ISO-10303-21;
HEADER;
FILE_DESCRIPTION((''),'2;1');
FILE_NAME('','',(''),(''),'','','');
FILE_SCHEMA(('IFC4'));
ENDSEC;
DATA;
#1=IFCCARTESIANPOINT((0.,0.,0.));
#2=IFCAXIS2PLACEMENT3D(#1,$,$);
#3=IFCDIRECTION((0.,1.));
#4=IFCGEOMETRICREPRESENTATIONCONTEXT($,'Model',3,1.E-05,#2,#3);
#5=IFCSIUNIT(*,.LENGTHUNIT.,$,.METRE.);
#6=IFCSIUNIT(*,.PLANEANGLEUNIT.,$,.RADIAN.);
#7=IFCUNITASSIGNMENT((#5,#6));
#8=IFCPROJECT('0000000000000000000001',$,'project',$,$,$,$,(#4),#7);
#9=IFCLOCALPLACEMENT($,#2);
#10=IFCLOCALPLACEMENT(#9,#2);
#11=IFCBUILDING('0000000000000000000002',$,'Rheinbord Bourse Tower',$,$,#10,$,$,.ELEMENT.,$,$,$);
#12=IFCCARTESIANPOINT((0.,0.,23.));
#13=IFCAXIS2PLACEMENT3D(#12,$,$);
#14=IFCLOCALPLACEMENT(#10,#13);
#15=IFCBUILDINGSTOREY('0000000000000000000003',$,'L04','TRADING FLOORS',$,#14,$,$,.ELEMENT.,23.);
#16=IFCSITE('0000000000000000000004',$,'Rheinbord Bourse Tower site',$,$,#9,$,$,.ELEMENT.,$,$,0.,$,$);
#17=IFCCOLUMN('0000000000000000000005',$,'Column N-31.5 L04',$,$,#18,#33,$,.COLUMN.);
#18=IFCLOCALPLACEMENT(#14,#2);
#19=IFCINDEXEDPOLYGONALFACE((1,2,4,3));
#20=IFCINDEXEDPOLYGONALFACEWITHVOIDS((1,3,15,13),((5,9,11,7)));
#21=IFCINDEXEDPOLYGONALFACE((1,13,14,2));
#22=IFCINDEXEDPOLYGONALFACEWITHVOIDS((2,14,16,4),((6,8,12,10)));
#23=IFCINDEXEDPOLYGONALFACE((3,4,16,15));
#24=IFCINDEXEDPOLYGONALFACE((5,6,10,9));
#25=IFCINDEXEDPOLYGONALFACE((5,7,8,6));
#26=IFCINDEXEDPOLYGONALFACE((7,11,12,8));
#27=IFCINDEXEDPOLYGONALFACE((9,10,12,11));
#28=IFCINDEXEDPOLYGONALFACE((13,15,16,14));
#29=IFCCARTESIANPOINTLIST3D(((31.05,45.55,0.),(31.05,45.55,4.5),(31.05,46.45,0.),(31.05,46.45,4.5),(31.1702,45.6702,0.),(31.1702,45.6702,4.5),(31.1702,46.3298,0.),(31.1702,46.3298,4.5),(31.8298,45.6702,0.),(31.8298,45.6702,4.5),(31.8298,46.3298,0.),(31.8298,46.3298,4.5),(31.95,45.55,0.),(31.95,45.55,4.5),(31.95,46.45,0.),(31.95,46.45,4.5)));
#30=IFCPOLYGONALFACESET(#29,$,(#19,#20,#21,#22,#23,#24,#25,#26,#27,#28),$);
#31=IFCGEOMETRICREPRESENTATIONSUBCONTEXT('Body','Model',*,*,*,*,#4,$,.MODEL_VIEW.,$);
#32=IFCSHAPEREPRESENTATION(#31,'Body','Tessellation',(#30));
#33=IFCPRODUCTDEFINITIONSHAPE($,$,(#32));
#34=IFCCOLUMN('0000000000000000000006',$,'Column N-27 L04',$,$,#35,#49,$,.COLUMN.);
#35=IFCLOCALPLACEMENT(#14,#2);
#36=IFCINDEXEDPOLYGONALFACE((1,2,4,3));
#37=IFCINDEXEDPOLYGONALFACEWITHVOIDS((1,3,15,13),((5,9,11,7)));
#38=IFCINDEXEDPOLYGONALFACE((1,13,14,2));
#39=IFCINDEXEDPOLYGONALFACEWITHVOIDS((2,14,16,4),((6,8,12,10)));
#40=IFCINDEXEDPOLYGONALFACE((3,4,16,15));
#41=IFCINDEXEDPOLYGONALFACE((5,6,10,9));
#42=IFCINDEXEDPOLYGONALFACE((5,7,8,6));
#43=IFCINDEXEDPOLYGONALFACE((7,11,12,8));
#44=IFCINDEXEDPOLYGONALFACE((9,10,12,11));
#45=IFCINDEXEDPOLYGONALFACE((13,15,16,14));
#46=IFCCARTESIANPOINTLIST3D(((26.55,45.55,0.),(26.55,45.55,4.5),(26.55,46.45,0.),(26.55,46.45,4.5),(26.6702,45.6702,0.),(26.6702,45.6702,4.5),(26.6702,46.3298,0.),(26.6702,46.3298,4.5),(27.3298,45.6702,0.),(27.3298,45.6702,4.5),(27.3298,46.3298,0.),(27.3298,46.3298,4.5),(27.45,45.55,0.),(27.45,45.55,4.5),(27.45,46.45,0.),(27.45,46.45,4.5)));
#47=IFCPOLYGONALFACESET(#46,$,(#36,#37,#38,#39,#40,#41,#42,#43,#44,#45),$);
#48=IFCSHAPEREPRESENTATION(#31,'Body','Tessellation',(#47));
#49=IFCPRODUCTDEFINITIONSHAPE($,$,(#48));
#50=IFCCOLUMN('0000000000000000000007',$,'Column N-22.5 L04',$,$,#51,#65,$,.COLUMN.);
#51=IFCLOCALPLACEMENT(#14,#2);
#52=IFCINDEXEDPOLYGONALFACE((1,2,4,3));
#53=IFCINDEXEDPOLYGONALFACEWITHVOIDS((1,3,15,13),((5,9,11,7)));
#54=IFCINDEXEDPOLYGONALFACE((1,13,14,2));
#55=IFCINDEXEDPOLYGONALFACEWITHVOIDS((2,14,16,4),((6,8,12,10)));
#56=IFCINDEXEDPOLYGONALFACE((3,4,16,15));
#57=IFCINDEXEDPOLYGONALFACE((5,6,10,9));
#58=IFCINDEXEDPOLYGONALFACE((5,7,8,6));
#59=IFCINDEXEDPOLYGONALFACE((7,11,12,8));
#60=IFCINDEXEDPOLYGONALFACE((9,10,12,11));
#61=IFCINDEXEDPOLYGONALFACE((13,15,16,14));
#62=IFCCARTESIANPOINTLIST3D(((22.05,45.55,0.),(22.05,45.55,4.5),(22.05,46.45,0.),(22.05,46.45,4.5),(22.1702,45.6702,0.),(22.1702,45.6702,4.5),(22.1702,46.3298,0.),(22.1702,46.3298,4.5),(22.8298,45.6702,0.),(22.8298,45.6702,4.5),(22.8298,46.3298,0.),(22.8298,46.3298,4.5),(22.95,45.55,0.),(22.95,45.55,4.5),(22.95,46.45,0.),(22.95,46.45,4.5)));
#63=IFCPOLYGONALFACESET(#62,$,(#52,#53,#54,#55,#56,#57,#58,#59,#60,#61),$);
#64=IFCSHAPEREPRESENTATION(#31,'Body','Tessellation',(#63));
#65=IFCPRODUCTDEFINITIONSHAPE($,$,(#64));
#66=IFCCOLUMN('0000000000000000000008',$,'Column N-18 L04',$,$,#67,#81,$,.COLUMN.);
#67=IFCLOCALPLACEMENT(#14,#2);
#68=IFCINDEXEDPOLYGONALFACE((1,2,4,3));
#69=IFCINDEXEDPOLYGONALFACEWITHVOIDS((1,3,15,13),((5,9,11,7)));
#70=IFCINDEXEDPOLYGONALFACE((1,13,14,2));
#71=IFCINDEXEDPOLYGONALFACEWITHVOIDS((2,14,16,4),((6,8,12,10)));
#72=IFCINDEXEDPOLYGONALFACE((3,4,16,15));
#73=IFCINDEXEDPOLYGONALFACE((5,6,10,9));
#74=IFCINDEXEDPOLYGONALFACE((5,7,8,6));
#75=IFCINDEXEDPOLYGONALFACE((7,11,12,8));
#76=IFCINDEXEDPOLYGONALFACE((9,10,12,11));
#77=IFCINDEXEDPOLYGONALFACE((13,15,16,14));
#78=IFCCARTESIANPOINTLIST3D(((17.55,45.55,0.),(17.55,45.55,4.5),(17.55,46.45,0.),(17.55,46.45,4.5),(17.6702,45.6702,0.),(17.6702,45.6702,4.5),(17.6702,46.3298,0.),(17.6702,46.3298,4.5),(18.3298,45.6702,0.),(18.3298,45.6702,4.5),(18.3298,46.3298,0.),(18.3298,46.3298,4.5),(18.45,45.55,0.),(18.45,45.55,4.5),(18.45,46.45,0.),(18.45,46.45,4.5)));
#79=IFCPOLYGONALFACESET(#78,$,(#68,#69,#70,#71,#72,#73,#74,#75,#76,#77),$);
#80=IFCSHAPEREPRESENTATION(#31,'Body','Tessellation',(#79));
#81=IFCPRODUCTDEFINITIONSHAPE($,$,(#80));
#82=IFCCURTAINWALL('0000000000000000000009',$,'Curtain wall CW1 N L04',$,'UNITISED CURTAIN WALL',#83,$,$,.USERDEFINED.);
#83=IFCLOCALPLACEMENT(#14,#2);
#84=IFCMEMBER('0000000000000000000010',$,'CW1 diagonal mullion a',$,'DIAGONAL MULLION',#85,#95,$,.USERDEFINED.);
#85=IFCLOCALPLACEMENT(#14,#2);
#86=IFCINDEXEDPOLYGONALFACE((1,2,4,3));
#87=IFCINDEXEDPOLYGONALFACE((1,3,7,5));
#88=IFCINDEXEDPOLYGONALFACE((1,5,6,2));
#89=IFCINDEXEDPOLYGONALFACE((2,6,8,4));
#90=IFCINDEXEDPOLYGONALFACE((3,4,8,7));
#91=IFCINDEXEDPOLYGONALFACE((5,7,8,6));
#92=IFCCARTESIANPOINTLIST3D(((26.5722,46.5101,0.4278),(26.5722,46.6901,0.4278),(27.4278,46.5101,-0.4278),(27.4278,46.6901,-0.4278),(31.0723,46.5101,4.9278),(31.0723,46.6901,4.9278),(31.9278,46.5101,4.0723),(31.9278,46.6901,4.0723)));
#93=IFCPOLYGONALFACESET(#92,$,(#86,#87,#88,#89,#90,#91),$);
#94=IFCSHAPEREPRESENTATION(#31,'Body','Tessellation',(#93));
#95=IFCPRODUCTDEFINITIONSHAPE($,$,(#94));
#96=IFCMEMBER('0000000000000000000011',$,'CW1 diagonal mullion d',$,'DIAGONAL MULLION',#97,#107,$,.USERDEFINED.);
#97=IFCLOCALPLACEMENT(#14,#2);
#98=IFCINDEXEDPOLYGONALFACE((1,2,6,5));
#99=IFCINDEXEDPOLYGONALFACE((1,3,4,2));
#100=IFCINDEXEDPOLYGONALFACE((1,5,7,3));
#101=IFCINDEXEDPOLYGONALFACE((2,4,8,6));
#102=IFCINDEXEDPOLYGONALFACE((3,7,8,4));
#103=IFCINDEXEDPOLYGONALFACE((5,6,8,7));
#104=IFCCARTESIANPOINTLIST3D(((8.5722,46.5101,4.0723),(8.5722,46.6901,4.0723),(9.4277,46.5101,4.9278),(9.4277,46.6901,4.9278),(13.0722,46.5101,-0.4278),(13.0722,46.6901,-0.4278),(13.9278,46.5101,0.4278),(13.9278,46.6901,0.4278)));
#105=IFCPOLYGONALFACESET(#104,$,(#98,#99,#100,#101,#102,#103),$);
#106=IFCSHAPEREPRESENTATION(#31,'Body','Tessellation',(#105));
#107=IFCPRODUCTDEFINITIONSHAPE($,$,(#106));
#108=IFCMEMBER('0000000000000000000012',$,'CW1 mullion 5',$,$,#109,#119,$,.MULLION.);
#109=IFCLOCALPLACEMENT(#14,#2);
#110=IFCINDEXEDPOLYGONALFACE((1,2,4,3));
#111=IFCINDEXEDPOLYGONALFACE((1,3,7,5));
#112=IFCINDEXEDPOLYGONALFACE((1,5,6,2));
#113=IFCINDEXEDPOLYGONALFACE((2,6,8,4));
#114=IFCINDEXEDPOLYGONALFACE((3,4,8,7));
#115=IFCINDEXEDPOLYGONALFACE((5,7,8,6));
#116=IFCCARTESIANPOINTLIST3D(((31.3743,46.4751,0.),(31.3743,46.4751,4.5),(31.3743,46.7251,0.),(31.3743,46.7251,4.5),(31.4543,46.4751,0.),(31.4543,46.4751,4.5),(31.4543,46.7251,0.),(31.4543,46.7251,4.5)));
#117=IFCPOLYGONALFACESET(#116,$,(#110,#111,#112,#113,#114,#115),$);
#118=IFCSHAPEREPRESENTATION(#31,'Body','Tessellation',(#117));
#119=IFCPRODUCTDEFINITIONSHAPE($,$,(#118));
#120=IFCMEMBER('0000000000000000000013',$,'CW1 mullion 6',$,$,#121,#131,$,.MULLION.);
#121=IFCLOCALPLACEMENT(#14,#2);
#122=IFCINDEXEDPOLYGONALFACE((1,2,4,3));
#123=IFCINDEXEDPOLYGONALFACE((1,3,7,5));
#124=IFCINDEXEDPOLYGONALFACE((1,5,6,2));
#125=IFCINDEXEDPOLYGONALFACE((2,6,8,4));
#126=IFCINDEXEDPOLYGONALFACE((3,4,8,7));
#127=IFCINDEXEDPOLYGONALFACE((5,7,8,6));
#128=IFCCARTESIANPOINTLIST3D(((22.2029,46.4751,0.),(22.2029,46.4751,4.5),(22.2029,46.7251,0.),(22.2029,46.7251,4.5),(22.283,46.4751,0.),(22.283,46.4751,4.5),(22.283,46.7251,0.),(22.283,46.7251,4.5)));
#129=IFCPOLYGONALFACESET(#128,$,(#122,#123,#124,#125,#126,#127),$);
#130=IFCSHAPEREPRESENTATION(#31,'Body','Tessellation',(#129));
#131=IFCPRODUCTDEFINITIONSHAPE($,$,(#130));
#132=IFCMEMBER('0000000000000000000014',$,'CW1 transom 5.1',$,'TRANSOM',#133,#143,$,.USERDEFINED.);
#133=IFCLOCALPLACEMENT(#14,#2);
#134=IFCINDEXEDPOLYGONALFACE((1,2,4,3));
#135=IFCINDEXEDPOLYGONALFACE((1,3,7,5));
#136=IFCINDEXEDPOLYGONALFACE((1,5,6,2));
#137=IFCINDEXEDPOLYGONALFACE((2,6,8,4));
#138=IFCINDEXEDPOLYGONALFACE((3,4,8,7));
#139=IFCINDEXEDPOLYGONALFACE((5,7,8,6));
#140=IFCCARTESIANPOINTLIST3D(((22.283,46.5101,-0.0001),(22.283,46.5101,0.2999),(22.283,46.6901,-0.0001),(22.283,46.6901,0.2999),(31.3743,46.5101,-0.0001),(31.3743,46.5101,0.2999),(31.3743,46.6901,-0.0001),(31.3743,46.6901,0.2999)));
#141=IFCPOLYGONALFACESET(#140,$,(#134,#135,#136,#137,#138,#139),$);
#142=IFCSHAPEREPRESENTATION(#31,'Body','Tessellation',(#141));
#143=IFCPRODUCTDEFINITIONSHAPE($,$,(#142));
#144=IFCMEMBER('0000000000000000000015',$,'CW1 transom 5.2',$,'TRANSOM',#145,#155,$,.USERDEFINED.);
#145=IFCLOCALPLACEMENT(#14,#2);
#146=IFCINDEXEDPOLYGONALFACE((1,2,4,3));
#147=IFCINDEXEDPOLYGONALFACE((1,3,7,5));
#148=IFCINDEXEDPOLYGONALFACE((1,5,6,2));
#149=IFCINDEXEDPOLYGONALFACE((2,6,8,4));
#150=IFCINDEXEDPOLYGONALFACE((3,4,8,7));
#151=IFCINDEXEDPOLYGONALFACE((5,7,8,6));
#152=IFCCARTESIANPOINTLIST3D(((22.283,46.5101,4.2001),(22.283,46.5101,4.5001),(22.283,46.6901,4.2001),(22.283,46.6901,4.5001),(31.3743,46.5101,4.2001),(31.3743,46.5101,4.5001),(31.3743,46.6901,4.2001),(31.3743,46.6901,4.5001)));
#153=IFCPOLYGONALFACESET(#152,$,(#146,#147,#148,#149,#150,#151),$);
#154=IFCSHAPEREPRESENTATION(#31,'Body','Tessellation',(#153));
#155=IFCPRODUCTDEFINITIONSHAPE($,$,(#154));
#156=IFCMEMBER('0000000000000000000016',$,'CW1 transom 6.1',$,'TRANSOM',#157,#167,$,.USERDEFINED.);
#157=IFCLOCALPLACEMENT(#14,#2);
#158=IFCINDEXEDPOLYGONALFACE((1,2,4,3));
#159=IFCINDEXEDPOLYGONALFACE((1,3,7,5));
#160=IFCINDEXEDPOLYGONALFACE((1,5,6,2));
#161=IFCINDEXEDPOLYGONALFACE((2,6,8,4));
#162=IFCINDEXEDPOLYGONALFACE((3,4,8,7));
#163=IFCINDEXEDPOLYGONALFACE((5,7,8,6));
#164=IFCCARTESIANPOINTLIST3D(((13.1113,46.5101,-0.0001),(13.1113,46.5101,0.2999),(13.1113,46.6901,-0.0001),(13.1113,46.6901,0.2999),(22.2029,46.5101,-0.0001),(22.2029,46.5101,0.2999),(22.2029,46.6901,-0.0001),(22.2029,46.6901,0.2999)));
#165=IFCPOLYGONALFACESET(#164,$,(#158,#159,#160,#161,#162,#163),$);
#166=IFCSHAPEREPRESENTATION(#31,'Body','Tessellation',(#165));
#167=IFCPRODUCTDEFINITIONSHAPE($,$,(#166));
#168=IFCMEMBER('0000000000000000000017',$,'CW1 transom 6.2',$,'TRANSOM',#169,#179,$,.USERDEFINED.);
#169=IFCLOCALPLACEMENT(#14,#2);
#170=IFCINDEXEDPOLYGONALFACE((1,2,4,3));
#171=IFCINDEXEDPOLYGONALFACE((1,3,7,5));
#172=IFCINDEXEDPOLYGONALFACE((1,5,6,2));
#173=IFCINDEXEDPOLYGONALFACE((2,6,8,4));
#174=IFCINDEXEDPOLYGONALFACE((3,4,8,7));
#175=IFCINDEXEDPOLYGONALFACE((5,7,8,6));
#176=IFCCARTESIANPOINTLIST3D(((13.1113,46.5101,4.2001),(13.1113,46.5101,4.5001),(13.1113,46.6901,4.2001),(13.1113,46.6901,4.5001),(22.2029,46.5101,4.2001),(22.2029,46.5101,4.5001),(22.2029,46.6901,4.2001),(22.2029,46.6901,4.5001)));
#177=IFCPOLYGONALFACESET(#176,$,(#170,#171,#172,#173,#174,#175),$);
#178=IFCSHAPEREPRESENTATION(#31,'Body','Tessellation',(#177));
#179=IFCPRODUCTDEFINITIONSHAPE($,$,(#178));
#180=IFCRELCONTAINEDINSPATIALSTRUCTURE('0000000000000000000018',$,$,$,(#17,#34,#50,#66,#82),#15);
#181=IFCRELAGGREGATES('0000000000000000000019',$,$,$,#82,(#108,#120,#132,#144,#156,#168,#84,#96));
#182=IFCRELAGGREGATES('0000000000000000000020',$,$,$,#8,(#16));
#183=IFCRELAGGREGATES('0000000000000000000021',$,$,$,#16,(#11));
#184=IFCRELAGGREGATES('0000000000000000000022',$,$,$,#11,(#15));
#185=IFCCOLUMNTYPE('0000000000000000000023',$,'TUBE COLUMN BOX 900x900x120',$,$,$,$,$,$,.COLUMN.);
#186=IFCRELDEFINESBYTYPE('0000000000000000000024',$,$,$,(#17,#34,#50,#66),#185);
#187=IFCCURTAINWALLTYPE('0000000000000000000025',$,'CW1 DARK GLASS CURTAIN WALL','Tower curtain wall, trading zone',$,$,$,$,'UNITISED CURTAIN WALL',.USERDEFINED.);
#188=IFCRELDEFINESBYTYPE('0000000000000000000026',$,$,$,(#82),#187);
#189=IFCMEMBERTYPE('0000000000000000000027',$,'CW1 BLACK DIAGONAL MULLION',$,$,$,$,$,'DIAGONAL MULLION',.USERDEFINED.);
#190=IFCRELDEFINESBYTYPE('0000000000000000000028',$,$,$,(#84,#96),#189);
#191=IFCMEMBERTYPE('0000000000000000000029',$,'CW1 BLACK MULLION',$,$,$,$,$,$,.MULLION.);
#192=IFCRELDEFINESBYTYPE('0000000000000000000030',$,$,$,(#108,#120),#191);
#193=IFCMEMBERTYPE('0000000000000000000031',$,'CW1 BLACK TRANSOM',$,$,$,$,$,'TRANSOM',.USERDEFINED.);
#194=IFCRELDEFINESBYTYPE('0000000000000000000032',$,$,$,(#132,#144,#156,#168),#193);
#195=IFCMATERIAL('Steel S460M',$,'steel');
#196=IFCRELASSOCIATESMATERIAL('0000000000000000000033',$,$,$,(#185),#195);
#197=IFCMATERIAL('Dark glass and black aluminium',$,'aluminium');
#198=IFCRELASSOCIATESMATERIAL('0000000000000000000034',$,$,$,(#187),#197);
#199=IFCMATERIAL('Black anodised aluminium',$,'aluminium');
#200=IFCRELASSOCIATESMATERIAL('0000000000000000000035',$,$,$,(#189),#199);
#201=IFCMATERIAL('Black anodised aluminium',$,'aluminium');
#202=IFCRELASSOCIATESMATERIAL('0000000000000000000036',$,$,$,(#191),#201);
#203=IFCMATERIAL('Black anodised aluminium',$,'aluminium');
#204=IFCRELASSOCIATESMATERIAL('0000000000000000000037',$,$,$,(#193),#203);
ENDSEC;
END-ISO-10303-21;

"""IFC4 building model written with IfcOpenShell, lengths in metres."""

from ifc_helpers import new_model, si_unit, direction, frame, origin, origin_2d, place, context, subcontext, project, spatial, rectangle, hollow_rectangle, extrude, material, material_profile, profile_set, type_object, element, aggregate, save


model = new_model("IFC4")

# Units and contexts
model_context = context("Model", 3, precision=1e-05, world=origin(), true_north=direction((0.0, 1.0)))
body_context = subcontext(model_context, "Body", "Model", "MODEL_VIEW")
ifc_project = project(units=[si_unit("LENGTHUNIT", "METRE"), si_unit("PLANEANGLEUNIT", "RADIAN")], contexts=[model_context])

# Site, building, storey
site_placement = place(None, origin())
site = spatial("IfcSite", under=ifc_project, at=site_placement, Name="Rheinbord Bourse Tower site", CompositionType="ELEMENT", RefElevation=0.0)
building_placement = place(site_placement, origin())
building = spatial("IfcBuilding", under=site, at=building_placement, Name="Rheinbord Bourse Tower", CompositionType="ELEMENT")
storey_placement = place(building_placement, frame((0.0, 0.0, 23.0)))
storey = spatial("IfcBuildingStorey", under=building, at=storey_placement, Name="L04", Description="TRADING FLOORS", CompositionType="ELEMENT", Elevation=23.0)

# Columns
ifc_material_1 = material(Name="Steel S460M", Category="steel")
ifc_material_profile_1 = material_profile(ifc_material_1, hollow_rectangle(XDim=0.8999, YDim=0.8999, WallThickness=0.1201, at=origin_2d()), Name="BOX 900x900x120")
ifc_profile_set_1 = profile_set([ifc_material_profile_1], Name="Steel S460M")
column_type = type_object("IfcColumnType", Name="TUBE COLUMN BOX 900x900x120", PredefinedType="COLUMN", material=ifc_profile_set_1)
for number, where, z_axis, x_axis, name in (
    (1, (31.5, 46.0, 0.0), (0.0, 0.0, 1.0), (0.0, 1.0, 0.0), "Column N-31.5 L04"),
    (2, (27.0, 46.0, 0.0), (0.0, 0.0, 1.0), (0.0, 1.0, 0.0), "Column N-27 L04"),
    (3, (22.5, 46.0, 0.0), (0.0, 0.0, 1.0), (0.0, 1.0, 0.0), "Column N-22.5 L04"),
    (4, (18.0, 46.0, 0.0), (0.0, 0.0, 1.0), (0.0, 1.0, 0.0), "Column N-18 L04"),
):
    element("IfcColumn", number, at=place(storey_placement, frame(where, z_axis=z_axis, x_axis=x_axis)), inside=storey, type_object=column_type, Name=name, PredefinedType="COLUMN", context=body_context, shape_type="SweptSolid", body=[
        extrude(hollow_rectangle(XDim=0.8999, YDim=0.8999, WallThickness=0.1201, at=origin_2d()), origin(), (0.0, 0.0, 1.0), 4.5),
    ])

# Curtain wall, members
ifc_material_2 = material(Name="Dark glass and black aluminium", Category="aluminium")
curtain_wall_type = type_object("IfcCurtainWallType", Name="CW1 DARK GLASS CURTAIN WALL", Description="Tower curtain wall, trading zone", ElementType="UNITISED CURTAIN WALL", PredefinedType="USERDEFINED", material=ifc_material_2)
curtain_wall_placement = place(storey_placement, origin())
curtain_wall = element("IfcCurtainWall", 5, at=curtain_wall_placement, inside=storey, type_object=curtain_wall_type, Name="Curtain wall CW1 N L04", ObjectType="UNITISED CURTAIN WALL", PredefinedType="USERDEFINED")
ifc_material_3 = material(Name="Black anodised aluminium", Category="aluminium")
ifc_material_profile_2 = material_profile(ifc_material_3, rectangle(XDim=0.1799, YDim=1.21, at=origin_2d()), Name="CW1 DIAGONAL MULLION 1210x180")
ifc_profile_set_2 = profile_set([ifc_material_profile_2], Name="Black anodised aluminium")
member_type_1 = type_object("IfcMemberType", Name="CW1 BLACK DIAGONAL MULLION", ElementType="DIAGONAL MULLION", PredefinedType="USERDEFINED", material=ifc_profile_set_2)
member_1_placement = place(storey_placement, frame((27.0, 46.6001, 0.0), z_axis=(0.707107, 0.0, 0.707107), x_axis=(0.0, 1.0, 0.0)))
member_1 = element("IfcMember", 6, at=member_1_placement, type_object=member_type_1, Name="CW1 diagonal mullion a", ObjectType="DIAGONAL MULLION", PredefinedType="USERDEFINED", context=body_context, shape_type="SweptSolid", body=[
    extrude(rectangle(XDim=0.1799, YDim=1.21, at=origin_2d()), origin(), (0.0, 0.0, 1.0), 6.364),
])
member_2_placement = place(storey_placement, frame((13.5, 46.6001, 0.0), z_axis=(-0.707107, 0.0, 0.707107), x_axis=(0.0, -1.0, 0.0)))
member_2 = element("IfcMember", 7, at=member_2_placement, type_object=member_type_1, Name="CW1 diagonal mullion d", ObjectType="DIAGONAL MULLION", PredefinedType="USERDEFINED", context=body_context, shape_type="SweptSolid", body=[
    extrude(rectangle(XDim=0.1799, YDim=1.21, at=origin_2d()), origin(), (0.0, 0.0, 1.0), 6.364),
])
ifc_material_4 = material(Name="Black anodised aluminium", Category="aluminium")
ifc_material_profile_3 = material_profile(ifc_material_4, rectangle(XDim=0.25, YDim=0.0801, at=origin_2d()), Name="CW1 MULLION 80x250")
ifc_profile_set_3 = profile_set([ifc_material_profile_3], Name="Black anodised aluminium")
member_type_2 = type_object("IfcMemberType", Name="CW1 BLACK MULLION", PredefinedType="MULLION", material=ifc_profile_set_3)
member_3_placement = place(storey_placement, frame((31.4143, 46.6001, 0.0), z_axis=(0.0, 0.0, 1.0), x_axis=(0.0, -1.0, 0.0)))
member_3 = element("IfcMember", 8, at=member_3_placement, type_object=member_type_2, Name="CW1 mullion 5", PredefinedType="MULLION", context=body_context, shape_type="SweptSolid", body=[
    extrude(rectangle(XDim=0.25, YDim=0.0801, at=origin_2d()), origin(), (0.0, 0.0, 1.0), 4.5),
])
member_4_placement = place(storey_placement, frame((22.2429, 46.6001, 0.0), z_axis=(0.0, 0.0, 1.0), x_axis=(0.0, -1.0, 0.0)))
member_4 = element("IfcMember", 9, at=member_4_placement, type_object=member_type_2, Name="CW1 mullion 6", PredefinedType="MULLION", context=body_context, shape_type="SweptSolid", body=[
    extrude(rectangle(XDim=0.25, YDim=0.0801, at=origin_2d()), origin(), (0.0, 0.0, 1.0), 4.5),
])
ifc_material_5 = material(Name="Black anodised aluminium", Category="aluminium")
ifc_material_profile_4 = material_profile(ifc_material_5, rectangle(XDim=0.1799, YDim=0.3, at=origin_2d()), Name="CW1 TRANSOM 300x180")
ifc_profile_set_4 = profile_set([ifc_material_profile_4], Name="Black anodised aluminium")
member_type_3 = type_object("IfcMemberType", Name="CW1 BLACK TRANSOM", ElementType="TRANSOM", PredefinedType="USERDEFINED", material=ifc_profile_set_4)
member_5_placement = place(storey_placement, frame((31.3743, 46.6001, 0.1499), z_axis=(-1.0, 0.0, 0.0), x_axis=(0.0, -1.0, 0.0)))
member_5 = element("IfcMember", 10, at=member_5_placement, type_object=member_type_3, Name="CW1 transom 5.1", ObjectType="TRANSOM", PredefinedType="USERDEFINED", context=body_context, shape_type="SweptSolid", body=[
    extrude(rectangle(XDim=0.1799, YDim=0.3, at=origin_2d()), origin(), (0.0, 0.0, 1.0), 9.0913),
])
member_6_placement = place(storey_placement, frame((31.3743, 46.6001, 4.3501), z_axis=(-1.0, 0.0, 0.0), x_axis=(0.0, -1.0, 0.0)))
member_6 = element("IfcMember", 11, at=member_6_placement, type_object=member_type_3, Name="CW1 transom 5.2", ObjectType="TRANSOM", PredefinedType="USERDEFINED", context=body_context, shape_type="SweptSolid", body=[
    extrude(rectangle(XDim=0.1799, YDim=0.3, at=origin_2d()), origin(), (0.0, 0.0, 1.0), 9.0913),
])
member_7_placement = place(storey_placement, frame((22.2029, 46.6001, 0.1499), z_axis=(-1.0, 0.0, 0.0), x_axis=(0.0, -1.0, 0.0)))
member_7 = element("IfcMember", 12, at=member_7_placement, type_object=member_type_3, Name="CW1 transom 6.1", ObjectType="TRANSOM", PredefinedType="USERDEFINED", context=body_context, shape_type="SweptSolid", body=[
    extrude(rectangle(XDim=0.1799, YDim=0.3, at=origin_2d()), origin(), (0.0, 0.0, 1.0), 9.0916),
])
member_8_placement = place(storey_placement, frame((22.2029, 46.6001, 4.3501), z_axis=(-1.0, 0.0, 0.0), x_axis=(0.0, -1.0, 0.0)))
member_8 = element("IfcMember", 13, at=member_8_placement, type_object=member_type_3, Name="CW1 transom 6.2", ObjectType="TRANSOM", PredefinedType="USERDEFINED", context=body_context, shape_type="SweptSolid", body=[
    extrude(rectangle(XDim=0.1799, YDim=0.3, at=origin_2d()), origin(), (0.0, 0.0, 1.0), 9.0916),
])

aggregate(curtain_wall, [member_3, member_4, member_5, member_6, member_7, member_8, member_1, member_2])

save(model, "model.ifc")
